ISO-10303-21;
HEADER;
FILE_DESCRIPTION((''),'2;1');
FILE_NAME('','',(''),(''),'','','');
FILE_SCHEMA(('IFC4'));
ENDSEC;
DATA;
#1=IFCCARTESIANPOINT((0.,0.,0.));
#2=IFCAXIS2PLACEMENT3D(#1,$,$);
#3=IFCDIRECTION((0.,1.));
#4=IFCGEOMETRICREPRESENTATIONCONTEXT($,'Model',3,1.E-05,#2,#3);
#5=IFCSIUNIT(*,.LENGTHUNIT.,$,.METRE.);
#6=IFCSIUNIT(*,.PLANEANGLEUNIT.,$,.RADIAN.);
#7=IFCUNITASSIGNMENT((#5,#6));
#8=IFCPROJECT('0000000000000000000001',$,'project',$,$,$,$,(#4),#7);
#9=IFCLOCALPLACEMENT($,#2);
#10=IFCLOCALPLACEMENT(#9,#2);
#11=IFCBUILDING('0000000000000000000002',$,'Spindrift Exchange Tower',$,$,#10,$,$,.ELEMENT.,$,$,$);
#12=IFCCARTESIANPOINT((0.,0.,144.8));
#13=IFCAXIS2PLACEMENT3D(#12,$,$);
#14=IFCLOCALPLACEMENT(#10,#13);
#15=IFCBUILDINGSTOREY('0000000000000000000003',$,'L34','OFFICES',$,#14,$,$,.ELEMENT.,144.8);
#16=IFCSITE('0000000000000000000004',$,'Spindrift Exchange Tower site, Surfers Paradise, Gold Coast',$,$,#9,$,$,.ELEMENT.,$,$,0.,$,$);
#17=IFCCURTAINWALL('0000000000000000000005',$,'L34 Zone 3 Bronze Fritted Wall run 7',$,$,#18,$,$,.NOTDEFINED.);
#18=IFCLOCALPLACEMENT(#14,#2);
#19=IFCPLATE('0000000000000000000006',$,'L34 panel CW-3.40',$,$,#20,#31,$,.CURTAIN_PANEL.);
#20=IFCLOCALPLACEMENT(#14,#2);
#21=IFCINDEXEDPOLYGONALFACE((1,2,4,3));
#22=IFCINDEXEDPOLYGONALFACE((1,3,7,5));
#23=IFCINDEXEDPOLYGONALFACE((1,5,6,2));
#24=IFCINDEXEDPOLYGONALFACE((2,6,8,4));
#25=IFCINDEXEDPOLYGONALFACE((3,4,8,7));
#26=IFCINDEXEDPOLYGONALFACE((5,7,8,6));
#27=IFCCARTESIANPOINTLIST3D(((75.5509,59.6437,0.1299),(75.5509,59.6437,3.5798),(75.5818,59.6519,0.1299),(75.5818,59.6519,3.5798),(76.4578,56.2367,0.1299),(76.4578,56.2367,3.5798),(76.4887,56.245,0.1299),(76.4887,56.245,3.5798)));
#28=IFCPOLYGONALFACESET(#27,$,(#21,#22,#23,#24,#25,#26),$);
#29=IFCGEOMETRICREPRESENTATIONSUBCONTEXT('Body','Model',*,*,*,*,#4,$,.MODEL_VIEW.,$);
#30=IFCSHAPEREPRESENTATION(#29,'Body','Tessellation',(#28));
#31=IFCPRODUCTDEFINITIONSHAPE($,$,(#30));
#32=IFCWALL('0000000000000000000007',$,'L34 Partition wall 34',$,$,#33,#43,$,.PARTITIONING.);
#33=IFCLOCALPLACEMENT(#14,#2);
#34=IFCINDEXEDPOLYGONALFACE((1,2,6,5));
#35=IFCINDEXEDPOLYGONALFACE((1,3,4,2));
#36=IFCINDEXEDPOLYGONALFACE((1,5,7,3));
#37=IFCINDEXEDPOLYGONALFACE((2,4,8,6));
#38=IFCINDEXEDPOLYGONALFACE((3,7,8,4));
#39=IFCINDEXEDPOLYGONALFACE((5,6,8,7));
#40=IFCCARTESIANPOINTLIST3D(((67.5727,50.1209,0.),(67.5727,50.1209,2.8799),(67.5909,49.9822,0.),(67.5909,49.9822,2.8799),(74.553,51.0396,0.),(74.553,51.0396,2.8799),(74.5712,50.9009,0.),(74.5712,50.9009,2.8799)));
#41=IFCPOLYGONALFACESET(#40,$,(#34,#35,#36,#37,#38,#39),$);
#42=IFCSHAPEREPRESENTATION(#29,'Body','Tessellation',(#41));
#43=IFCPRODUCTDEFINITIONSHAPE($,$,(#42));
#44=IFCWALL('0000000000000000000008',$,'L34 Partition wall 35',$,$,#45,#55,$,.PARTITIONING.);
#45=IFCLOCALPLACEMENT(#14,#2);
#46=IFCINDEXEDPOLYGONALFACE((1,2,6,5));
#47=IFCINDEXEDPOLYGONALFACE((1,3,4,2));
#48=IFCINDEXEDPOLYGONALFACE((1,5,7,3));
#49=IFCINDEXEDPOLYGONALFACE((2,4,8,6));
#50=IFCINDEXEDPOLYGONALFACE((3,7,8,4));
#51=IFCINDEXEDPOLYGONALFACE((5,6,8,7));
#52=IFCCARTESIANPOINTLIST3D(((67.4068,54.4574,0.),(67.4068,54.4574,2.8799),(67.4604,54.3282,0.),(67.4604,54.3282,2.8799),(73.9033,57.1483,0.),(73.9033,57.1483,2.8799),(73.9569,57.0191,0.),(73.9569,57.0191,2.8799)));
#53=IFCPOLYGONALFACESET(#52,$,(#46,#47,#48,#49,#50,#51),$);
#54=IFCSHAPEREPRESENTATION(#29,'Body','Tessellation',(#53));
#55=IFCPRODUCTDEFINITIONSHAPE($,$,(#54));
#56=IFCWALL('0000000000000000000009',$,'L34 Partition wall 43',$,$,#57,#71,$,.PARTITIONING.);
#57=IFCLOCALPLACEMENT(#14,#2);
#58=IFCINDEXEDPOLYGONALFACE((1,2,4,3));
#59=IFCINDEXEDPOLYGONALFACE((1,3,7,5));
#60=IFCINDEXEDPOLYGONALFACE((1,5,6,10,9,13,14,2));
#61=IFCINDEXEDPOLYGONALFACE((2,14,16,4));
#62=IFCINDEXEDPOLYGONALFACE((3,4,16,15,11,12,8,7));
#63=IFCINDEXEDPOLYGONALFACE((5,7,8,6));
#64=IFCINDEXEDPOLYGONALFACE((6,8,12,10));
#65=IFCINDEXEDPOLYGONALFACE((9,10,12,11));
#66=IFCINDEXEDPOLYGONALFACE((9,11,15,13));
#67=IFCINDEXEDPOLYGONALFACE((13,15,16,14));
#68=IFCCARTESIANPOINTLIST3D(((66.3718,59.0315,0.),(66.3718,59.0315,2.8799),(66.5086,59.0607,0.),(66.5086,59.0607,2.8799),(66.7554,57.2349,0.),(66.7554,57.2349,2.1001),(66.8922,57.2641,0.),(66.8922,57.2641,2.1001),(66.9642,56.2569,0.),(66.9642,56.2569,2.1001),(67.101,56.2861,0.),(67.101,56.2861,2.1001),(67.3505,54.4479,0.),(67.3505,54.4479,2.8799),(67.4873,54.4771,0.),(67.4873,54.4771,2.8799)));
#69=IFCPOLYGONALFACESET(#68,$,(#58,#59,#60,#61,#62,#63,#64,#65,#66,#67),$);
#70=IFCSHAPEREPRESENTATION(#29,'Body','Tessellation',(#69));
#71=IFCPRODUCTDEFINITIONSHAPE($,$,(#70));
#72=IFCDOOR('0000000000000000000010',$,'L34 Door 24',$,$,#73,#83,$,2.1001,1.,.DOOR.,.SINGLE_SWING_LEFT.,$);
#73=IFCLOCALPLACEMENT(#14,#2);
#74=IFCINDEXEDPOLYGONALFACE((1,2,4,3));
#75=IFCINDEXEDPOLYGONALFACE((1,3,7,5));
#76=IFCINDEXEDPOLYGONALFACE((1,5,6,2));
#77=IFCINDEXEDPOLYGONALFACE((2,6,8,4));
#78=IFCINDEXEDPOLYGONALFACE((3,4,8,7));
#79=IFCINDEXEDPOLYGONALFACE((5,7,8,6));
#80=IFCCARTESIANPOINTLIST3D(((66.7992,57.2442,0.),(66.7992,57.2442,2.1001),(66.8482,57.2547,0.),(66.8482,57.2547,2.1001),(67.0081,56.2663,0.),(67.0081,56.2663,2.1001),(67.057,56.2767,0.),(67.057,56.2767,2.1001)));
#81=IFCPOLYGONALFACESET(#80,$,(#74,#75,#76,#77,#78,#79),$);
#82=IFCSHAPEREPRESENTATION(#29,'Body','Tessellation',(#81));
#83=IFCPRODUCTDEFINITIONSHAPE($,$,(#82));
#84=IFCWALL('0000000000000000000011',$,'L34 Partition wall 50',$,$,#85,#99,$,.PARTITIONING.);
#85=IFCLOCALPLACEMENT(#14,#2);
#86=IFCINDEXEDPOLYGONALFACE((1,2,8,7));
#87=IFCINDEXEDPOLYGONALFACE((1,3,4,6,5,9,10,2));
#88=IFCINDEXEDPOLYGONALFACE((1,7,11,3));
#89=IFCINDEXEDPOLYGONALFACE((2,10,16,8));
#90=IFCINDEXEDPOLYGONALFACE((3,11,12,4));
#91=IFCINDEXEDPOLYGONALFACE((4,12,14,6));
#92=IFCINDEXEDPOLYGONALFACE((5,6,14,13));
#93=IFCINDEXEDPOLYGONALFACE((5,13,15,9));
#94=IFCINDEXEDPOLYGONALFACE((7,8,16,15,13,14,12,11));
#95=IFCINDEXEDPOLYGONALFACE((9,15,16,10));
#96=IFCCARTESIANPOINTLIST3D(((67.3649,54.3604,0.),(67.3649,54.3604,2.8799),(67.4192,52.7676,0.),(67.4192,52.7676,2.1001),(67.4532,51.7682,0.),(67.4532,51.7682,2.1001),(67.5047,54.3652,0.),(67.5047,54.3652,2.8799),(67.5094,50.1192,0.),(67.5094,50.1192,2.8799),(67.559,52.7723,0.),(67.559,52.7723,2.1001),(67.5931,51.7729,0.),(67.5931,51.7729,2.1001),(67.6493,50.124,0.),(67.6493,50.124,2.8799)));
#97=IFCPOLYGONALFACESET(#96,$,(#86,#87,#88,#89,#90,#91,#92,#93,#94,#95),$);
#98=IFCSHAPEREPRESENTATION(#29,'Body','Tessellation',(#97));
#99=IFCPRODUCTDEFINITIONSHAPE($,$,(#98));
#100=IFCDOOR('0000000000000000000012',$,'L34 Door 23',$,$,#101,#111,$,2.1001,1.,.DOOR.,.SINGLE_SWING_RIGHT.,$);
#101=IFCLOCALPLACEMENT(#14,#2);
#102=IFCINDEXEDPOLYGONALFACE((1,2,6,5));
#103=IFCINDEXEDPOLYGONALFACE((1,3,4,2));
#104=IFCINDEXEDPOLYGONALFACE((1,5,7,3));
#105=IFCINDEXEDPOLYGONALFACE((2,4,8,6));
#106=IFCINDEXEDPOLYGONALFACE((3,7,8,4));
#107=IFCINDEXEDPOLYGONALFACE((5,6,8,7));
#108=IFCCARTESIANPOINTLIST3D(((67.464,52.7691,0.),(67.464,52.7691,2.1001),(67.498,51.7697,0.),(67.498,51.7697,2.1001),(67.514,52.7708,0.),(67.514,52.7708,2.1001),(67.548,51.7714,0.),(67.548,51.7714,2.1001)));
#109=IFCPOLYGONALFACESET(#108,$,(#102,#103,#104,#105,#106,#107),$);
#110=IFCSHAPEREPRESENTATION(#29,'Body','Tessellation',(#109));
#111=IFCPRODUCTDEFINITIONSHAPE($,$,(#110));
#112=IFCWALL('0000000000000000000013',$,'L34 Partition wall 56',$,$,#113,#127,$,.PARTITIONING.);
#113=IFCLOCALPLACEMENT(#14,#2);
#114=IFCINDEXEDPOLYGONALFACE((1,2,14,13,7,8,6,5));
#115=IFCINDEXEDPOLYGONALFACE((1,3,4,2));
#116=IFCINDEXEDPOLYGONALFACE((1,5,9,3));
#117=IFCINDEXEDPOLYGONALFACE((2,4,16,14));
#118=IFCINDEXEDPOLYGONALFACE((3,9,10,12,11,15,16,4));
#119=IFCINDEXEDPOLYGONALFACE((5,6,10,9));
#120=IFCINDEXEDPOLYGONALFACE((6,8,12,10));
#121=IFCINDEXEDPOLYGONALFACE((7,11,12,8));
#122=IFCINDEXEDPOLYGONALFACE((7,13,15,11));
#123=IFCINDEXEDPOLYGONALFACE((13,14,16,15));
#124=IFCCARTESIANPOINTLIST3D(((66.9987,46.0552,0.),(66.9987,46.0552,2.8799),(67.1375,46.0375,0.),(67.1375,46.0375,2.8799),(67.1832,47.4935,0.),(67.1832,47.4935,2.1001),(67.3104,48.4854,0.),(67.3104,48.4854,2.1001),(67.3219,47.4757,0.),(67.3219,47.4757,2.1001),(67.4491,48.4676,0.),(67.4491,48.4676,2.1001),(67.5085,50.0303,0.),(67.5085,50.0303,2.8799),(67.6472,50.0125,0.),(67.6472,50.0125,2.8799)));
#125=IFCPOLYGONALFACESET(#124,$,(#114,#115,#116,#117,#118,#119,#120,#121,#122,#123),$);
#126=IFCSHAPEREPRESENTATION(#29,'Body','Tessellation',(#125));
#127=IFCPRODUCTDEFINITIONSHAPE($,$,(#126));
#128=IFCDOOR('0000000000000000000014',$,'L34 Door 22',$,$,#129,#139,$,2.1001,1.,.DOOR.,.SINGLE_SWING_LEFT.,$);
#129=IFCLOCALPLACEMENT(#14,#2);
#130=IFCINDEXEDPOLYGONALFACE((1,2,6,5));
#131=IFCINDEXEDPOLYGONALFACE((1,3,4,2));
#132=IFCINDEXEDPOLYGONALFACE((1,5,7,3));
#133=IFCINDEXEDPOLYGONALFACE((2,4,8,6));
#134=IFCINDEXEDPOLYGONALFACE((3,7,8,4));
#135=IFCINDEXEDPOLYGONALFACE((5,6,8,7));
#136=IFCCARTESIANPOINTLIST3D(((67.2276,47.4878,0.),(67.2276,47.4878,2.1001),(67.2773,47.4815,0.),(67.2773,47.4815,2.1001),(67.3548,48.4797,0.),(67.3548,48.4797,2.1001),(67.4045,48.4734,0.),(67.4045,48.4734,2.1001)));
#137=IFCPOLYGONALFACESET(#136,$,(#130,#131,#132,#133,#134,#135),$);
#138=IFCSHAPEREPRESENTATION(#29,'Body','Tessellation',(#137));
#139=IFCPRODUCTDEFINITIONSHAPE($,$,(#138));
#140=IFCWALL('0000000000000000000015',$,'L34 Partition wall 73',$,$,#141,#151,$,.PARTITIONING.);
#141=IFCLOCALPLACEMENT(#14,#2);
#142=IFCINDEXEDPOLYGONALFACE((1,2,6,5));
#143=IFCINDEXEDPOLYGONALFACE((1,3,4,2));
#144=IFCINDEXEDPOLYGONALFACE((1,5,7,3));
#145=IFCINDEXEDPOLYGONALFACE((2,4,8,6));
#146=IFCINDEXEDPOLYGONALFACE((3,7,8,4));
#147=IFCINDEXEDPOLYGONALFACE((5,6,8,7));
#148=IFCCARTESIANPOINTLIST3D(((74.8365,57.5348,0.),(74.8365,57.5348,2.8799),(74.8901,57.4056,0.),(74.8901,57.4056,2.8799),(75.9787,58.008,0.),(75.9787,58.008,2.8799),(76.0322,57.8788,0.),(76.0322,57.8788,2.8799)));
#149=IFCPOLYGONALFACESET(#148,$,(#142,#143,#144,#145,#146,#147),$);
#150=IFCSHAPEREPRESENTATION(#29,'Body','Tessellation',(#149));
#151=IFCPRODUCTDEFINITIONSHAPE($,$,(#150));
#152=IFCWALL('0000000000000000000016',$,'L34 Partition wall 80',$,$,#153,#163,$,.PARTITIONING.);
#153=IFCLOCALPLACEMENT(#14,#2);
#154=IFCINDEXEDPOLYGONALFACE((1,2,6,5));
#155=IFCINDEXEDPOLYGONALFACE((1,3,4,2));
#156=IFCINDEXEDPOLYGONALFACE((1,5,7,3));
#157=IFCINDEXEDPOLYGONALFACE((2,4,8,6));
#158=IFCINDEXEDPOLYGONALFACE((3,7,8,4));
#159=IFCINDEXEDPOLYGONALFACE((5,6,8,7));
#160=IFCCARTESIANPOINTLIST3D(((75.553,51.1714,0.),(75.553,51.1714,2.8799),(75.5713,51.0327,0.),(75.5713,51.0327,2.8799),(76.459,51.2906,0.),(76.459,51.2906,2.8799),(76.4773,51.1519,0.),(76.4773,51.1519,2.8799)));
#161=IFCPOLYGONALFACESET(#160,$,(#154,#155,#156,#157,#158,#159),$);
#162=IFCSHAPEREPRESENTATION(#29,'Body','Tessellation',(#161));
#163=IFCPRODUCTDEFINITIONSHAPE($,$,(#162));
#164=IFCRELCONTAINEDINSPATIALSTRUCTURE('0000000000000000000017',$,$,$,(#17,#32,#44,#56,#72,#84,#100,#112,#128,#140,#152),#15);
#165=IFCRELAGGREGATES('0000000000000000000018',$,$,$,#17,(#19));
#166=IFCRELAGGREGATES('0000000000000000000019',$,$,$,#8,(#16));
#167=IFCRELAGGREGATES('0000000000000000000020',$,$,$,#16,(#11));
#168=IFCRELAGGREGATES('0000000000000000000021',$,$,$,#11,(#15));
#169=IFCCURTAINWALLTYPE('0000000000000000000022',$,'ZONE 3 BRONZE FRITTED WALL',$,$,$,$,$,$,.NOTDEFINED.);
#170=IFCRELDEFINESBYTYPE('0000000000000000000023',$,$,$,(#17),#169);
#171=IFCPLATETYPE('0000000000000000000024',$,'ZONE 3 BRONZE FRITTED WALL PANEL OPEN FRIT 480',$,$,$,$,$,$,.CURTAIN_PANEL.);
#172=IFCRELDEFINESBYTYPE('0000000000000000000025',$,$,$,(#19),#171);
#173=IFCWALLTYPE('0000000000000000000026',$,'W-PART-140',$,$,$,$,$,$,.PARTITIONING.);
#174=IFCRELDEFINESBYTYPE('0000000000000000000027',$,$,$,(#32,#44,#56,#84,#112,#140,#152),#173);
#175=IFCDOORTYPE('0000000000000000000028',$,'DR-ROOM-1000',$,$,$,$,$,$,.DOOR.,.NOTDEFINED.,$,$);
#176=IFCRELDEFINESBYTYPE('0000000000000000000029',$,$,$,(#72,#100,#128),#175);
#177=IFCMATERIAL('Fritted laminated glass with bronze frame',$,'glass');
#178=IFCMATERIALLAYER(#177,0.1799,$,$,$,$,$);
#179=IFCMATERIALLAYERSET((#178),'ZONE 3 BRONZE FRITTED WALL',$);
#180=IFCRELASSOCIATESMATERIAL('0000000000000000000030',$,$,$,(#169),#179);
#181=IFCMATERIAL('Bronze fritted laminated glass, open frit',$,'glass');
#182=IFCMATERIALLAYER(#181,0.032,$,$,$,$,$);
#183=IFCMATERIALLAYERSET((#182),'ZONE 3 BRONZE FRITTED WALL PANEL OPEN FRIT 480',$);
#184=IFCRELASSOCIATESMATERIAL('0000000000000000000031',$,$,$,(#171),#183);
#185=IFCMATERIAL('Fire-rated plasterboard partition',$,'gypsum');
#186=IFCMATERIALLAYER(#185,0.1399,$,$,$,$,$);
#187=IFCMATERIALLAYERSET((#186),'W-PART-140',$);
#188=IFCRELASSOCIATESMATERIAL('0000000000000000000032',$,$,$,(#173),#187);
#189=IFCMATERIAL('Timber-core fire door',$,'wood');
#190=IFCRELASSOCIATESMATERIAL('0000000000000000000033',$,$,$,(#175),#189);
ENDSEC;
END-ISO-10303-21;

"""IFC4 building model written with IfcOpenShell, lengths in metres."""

from ifc_helpers import new_model, si_unit, direction, frame, frame_2d, origin, origin_2d, place, context, subcontext, project, spatial, rectangle, extrude, source, transform, mapped, material, layer, layer_set, type_object, element, fill, aggregate, save


model = new_model("IFC4")

# Units and contexts
model_context = context("Model", 3, precision=1e-05, world=origin(), true_north=direction((0.0, 1.0)))
body_context = subcontext(model_context, "Body", "Model", "MODEL_VIEW")
ifc_project = project(units=[si_unit("LENGTHUNIT", "METRE"), si_unit("PLANEANGLEUNIT", "RADIAN")], contexts=[model_context])

# Site, building, storey
site_placement = place(None, origin())
site = spatial("IfcSite", under=ifc_project, at=site_placement, Name="Spindrift Exchange Tower site, Surfers Paradise, Gold Coast", CompositionType="ELEMENT", RefElevation=0.0)
building_placement = place(site_placement, origin())
building = spatial("IfcBuilding", under=site, at=building_placement, Name="Spindrift Exchange Tower", CompositionType="ELEMENT")
storey_placement = place(building_placement, frame((0.0, 0.0, 144.8)))
storey = spatial("IfcBuildingStorey", under=building, at=storey_placement, Name="L34", Description="OFFICES", CompositionType="ELEMENT", Elevation=144.8)

# Curtain wall, plate
ifc_material_1 = material(Name="Fritted laminated glass with bronze frame", Category="glass")
ifc_layer_1 = layer(ifc_material_1, 0.1799)
ifc_layer_set_1 = layer_set([ifc_layer_1], Name="ZONE 3 BRONZE FRITTED WALL")
curtain_wall_type = type_object("IfcCurtainWallType", Name="ZONE 3 BRONZE FRITTED WALL", PredefinedType="NOTDEFINED", material=ifc_layer_set_1)
curtain_wall_placement = place(storey_placement, origin())
curtain_wall = element("IfcCurtainWall", 1, at=curtain_wall_placement, inside=storey, type_object=curtain_wall_type, Name="L34 Zone 3 Bronze Fritted Wall run 7", PredefinedType="NOTDEFINED")
ifc_material_2 = material(Name="Bronze fritted laminated glass, open frit", Category="glass")
ifc_layer_2 = layer(ifc_material_2, 0.032)
ifc_layer_set_2 = layer_set([ifc_layer_2], Name="ZONE 3 BRONZE FRITTED WALL PANEL OPEN FRIT 480")
plate_type_1 = type_object("IfcPlateType", Name="ZONE 3 BRONZE FRITTED WALL PANEL OPEN FRIT 480", PredefinedType="CURTAIN_PANEL", material=ifc_layer_set_2)
shared_shape_1 = source(origin(), body_context, "Body", "SweptSolid", [
    extrude(rectangle(XDim=3.5256, YDim=0.032, at=origin_2d()), origin(), (0.0, 0.0, 1.0), 3.45),
])
plate_1_placement = place(storey_placement, frame((76.0198, 57.9443, 0.1299), z_axis=(0.0, 0.0, 1.0), x_axis=(-0.257232, 0.96635, 0.0)))
plate_1 = element("IfcPlate", 2, at=plate_1_placement, type_object=plate_type_1, Name="L34 panel CW-3.40", PredefinedType="CURTAIN_PANEL", context=body_context, shape_type="MappedRepresentation", body=[
    mapped(shared_shape_1, transform((0.0, 0.0, 0.0), scale=1.0)),
])
aggregate(curtain_wall, [plate_1])

# Walls
ifc_material_3 = material(Name="Fire-rated plasterboard partition", Category="gypsum")
ifc_layer_3 = layer(ifc_material_3, 0.1399)
ifc_layer_set_3 = layer_set([ifc_layer_3], Name="W-PART-140")
wall_type = type_object("IfcWallType", Name="W-PART-140", PredefinedType="PARTITIONING", material=ifc_layer_set_3)
wall_1_placement = place(storey_placement, frame((67.5818, 50.0515, 0.0), z_axis=(0.0, 0.0, 1.0), x_axis=(0.99145, 0.130489, 0.0)))
element("IfcWall", 3, at=wall_1_placement, inside=storey, type_object=wall_type, Name="L34 Partition wall 34", PredefinedType="PARTITIONING", context=body_context, shape_type="SweptSolid", body=[
    extrude(rectangle(XDim=7.0405, YDim=0.1399, at=frame_2d((3.5203, 0.0))), origin(), (0.0, 0.0, 1.0), 2.8799),
])
wall_2_placement = place(storey_placement, frame((67.4336, 54.3928, 0.0), z_axis=(0.0, 0.0, 1.0), x_axis=(0.923882, 0.382677, 0.0)))
element("IfcWall", 4, at=wall_2_placement, inside=storey, type_object=wall_type, Name="L34 Partition wall 35", PredefinedType="PARTITIONING", context=body_context, shape_type="SweptSolid", body=[
    extrude(rectangle(XDim=7.0317, YDim=0.1399, at=frame_2d((3.5159, 0.0))), origin(), (0.0, 0.0, 1.0), 2.8799),
])

# Walls, openings, doors
wall_3_placement = place(storey_placement, frame((66.4402, 59.0461, 0.0), z_axis=(0.0, 0.0, 1.0), x_axis=(0.208821, -0.977954, 0.0)))
wall_3 = element("IfcWall", 5, at=wall_3_placement, inside=storey, type_object=wall_type, Name="L34 Partition wall 43", PredefinedType="PARTITIONING", context=body_context, shape_type="SweptSolid", body=[
    extrude(rectangle(XDim=4.687, YDim=0.1399, at=frame_2d((2.3435, 0.0))), origin(), (0.0, 0.0, 1.0), 2.8799),
])
opening_1_placement = place(wall_3_placement, frame((1.8372, 0.0, 0.0)))
opening_1 = element("IfcOpeningElement", 6, at=opening_1_placement, cuts=wall_3, PredefinedType="OPENING", context=body_context, shape_type="SweptSolid", body=[
    extrude(rectangle(XDim=1.0, YDim=2.1001, at=frame_2d((0.5, 1.05))), frame((0.0, 0.0798, 0.0), z_axis=(0.0, -1.0, 0.0), x_axis=(1.0, 0.0, 0.0)), (0.0, 0.0, 1.0), 0.1599),
])
ifc_material_4 = material(Name="Timber-core fire door", Category="wood")
door_type = type_object("IfcDoorType", Name="DR-ROOM-1000", OperationType="NOTDEFINED", PredefinedType="DOOR", material=ifc_material_4)
shared_shape_2 = source(origin(), body_context, "Body", "SweptSolid", [
    extrude(rectangle(XDim=1.0, YDim=2.1001, at=frame_2d((0.5, 1.05))), frame((0.0, 0.0249, 0.0), z_axis=(0.0, -1.0, 0.0), x_axis=(1.0, 0.0, 0.0)), (0.0, 0.0, 1.0), 0.05),
])
door_1_placement = place(opening_1_placement, origin())
door_1 = element("IfcDoor", 7, at=door_1_placement, inside=storey, type_object=door_type, Name="L34 Door 24", OperationType="SINGLE_SWING_LEFT", OverallHeight=2.1001, OverallWidth=1.0, PredefinedType="DOOR", context=body_context, shape_type="MappedRepresentation", body=[
    mapped(shared_shape_2, transform((0.0, 0.0, 0.0), scale=1.0)),
])
fill(opening_1, door_1)
wall_4_placement = place(storey_placement, frame((67.4348, 54.3628, 0.0), z_axis=(0.0, 0.0, 1.0), x_axis=(0.034058, -0.99942, 0.0)))
wall_4 = element("IfcWall", 8, at=wall_4_placement, inside=storey, type_object=wall_type, Name="L34 Partition wall 50", PredefinedType="PARTITIONING", context=body_context, shape_type="SweptSolid", body=[
    extrude(rectangle(XDim=4.2437, YDim=0.1399, at=frame_2d((2.1218, 0.0))), origin(), (0.0, 0.0, 1.0), 2.8799),
])
opening_2_placement = place(wall_4_placement, frame((1.5938, 0.0, 0.0)))
opening_2 = element("IfcOpeningElement", 9, at=opening_2_placement, cuts=wall_4, PredefinedType="OPENING", context=body_context, shape_type="SweptSolid", body=[
    extrude(rectangle(XDim=1.0, YDim=2.1001, at=frame_2d((0.5, 1.05))), frame((0.0, 0.0798, 0.0), z_axis=(0.0, -1.0, 0.0), x_axis=(1.0, 0.0, 0.0)), (0.0, 0.0, 1.0), 0.1599),
])
door_2_placement = place(opening_2_placement, origin())
door_2 = element("IfcDoor", 10, at=door_2_placement, inside=storey, type_object=door_type, Name="L34 Door 23", OperationType="SINGLE_SWING_RIGHT", OverallHeight=2.1001, OverallWidth=1.0, PredefinedType="DOOR", context=body_context, shape_type="MappedRepresentation", body=[
    mapped(shared_shape_2, transform((0.0, 0.0, 0.0), scale=1.0)),
])
fill(opening_2, door_2)
wall_5_placement = place(storey_placement, frame((67.5779, 50.0215, 0.0), z_axis=(0.0, 0.0, 1.0), x_axis=(-0.127198, -0.991877, 0.0)))
wall_5 = element("IfcWall", 11, at=wall_5_placement, inside=storey, type_object=wall_type, Name="L34 Partition wall 56", PredefinedType="PARTITIONING", context=body_context, shape_type="SweptSolid", body=[
    extrude(rectangle(XDim=4.0076, YDim=0.1399, at=frame_2d((2.0039, 0.0))), origin(), (0.0, 0.0, 1.0), 2.8799),
])
opening_3_placement = place(wall_5_placement, frame((1.5576, 0.0, 0.0)))
opening_3 = element("IfcOpeningElement", 12, at=opening_3_placement, cuts=wall_5, PredefinedType="OPENING", context=body_context, shape_type="SweptSolid", body=[
    extrude(rectangle(XDim=1.0, YDim=2.1001, at=frame_2d((0.5, 1.05))), frame((0.0, 0.0798, 0.0), z_axis=(0.0, -1.0, 0.0), x_axis=(1.0, 0.0, 0.0)), (0.0, 0.0, 1.0), 0.1599),
])
door_3_placement = place(opening_3_placement, origin())
door_3 = element("IfcDoor", 13, at=door_3_placement, inside=storey, type_object=door_type, Name="L34 Door 22", OperationType="SINGLE_SWING_LEFT", OverallHeight=2.1001, OverallWidth=1.0, PredefinedType="DOOR", context=body_context, shape_type="MappedRepresentation", body=[
    mapped(shared_shape_2, transform((0.0, 0.0, 0.0), scale=1.0)),
])
fill(opening_3, door_3)

# Walls
wall_6_placement = place(storey_placement, frame((74.8633, 57.4702, 0.0), z_axis=(0.0, 0.0, 1.0), x_axis=(0.923858, 0.382736, 0.0)))
element("IfcWall", 14, at=wall_6_placement, inside=storey, type_object=wall_type, Name="L34 Partition wall 73", PredefinedType="PARTITIONING", context=body_context, shape_type="SweptSolid", body=[
    extrude(rectangle(XDim=1.2363, YDim=0.1399, at=frame_2d((0.6182, 0.0))), origin(), (0.0, 0.0, 1.0), 2.8799),
])
wall_7_placement = place(storey_placement, frame((75.562, 51.1021, 0.0), z_axis=(0.0, 0.0, 1.0), x_axis=(0.991464, 0.130378, 0.0)))
element("IfcWall", 15, at=wall_7_placement, inside=storey, type_object=wall_type, Name="L34 Partition wall 80", PredefinedType="PARTITIONING", context=body_context, shape_type="SweptSolid", body=[
    extrude(rectangle(XDim=0.9138, YDim=0.1399, at=frame_2d((0.457, 0.0))), origin(), (0.0, 0.0, 1.0), 2.8799),
])

save(model, "model.ifc")
